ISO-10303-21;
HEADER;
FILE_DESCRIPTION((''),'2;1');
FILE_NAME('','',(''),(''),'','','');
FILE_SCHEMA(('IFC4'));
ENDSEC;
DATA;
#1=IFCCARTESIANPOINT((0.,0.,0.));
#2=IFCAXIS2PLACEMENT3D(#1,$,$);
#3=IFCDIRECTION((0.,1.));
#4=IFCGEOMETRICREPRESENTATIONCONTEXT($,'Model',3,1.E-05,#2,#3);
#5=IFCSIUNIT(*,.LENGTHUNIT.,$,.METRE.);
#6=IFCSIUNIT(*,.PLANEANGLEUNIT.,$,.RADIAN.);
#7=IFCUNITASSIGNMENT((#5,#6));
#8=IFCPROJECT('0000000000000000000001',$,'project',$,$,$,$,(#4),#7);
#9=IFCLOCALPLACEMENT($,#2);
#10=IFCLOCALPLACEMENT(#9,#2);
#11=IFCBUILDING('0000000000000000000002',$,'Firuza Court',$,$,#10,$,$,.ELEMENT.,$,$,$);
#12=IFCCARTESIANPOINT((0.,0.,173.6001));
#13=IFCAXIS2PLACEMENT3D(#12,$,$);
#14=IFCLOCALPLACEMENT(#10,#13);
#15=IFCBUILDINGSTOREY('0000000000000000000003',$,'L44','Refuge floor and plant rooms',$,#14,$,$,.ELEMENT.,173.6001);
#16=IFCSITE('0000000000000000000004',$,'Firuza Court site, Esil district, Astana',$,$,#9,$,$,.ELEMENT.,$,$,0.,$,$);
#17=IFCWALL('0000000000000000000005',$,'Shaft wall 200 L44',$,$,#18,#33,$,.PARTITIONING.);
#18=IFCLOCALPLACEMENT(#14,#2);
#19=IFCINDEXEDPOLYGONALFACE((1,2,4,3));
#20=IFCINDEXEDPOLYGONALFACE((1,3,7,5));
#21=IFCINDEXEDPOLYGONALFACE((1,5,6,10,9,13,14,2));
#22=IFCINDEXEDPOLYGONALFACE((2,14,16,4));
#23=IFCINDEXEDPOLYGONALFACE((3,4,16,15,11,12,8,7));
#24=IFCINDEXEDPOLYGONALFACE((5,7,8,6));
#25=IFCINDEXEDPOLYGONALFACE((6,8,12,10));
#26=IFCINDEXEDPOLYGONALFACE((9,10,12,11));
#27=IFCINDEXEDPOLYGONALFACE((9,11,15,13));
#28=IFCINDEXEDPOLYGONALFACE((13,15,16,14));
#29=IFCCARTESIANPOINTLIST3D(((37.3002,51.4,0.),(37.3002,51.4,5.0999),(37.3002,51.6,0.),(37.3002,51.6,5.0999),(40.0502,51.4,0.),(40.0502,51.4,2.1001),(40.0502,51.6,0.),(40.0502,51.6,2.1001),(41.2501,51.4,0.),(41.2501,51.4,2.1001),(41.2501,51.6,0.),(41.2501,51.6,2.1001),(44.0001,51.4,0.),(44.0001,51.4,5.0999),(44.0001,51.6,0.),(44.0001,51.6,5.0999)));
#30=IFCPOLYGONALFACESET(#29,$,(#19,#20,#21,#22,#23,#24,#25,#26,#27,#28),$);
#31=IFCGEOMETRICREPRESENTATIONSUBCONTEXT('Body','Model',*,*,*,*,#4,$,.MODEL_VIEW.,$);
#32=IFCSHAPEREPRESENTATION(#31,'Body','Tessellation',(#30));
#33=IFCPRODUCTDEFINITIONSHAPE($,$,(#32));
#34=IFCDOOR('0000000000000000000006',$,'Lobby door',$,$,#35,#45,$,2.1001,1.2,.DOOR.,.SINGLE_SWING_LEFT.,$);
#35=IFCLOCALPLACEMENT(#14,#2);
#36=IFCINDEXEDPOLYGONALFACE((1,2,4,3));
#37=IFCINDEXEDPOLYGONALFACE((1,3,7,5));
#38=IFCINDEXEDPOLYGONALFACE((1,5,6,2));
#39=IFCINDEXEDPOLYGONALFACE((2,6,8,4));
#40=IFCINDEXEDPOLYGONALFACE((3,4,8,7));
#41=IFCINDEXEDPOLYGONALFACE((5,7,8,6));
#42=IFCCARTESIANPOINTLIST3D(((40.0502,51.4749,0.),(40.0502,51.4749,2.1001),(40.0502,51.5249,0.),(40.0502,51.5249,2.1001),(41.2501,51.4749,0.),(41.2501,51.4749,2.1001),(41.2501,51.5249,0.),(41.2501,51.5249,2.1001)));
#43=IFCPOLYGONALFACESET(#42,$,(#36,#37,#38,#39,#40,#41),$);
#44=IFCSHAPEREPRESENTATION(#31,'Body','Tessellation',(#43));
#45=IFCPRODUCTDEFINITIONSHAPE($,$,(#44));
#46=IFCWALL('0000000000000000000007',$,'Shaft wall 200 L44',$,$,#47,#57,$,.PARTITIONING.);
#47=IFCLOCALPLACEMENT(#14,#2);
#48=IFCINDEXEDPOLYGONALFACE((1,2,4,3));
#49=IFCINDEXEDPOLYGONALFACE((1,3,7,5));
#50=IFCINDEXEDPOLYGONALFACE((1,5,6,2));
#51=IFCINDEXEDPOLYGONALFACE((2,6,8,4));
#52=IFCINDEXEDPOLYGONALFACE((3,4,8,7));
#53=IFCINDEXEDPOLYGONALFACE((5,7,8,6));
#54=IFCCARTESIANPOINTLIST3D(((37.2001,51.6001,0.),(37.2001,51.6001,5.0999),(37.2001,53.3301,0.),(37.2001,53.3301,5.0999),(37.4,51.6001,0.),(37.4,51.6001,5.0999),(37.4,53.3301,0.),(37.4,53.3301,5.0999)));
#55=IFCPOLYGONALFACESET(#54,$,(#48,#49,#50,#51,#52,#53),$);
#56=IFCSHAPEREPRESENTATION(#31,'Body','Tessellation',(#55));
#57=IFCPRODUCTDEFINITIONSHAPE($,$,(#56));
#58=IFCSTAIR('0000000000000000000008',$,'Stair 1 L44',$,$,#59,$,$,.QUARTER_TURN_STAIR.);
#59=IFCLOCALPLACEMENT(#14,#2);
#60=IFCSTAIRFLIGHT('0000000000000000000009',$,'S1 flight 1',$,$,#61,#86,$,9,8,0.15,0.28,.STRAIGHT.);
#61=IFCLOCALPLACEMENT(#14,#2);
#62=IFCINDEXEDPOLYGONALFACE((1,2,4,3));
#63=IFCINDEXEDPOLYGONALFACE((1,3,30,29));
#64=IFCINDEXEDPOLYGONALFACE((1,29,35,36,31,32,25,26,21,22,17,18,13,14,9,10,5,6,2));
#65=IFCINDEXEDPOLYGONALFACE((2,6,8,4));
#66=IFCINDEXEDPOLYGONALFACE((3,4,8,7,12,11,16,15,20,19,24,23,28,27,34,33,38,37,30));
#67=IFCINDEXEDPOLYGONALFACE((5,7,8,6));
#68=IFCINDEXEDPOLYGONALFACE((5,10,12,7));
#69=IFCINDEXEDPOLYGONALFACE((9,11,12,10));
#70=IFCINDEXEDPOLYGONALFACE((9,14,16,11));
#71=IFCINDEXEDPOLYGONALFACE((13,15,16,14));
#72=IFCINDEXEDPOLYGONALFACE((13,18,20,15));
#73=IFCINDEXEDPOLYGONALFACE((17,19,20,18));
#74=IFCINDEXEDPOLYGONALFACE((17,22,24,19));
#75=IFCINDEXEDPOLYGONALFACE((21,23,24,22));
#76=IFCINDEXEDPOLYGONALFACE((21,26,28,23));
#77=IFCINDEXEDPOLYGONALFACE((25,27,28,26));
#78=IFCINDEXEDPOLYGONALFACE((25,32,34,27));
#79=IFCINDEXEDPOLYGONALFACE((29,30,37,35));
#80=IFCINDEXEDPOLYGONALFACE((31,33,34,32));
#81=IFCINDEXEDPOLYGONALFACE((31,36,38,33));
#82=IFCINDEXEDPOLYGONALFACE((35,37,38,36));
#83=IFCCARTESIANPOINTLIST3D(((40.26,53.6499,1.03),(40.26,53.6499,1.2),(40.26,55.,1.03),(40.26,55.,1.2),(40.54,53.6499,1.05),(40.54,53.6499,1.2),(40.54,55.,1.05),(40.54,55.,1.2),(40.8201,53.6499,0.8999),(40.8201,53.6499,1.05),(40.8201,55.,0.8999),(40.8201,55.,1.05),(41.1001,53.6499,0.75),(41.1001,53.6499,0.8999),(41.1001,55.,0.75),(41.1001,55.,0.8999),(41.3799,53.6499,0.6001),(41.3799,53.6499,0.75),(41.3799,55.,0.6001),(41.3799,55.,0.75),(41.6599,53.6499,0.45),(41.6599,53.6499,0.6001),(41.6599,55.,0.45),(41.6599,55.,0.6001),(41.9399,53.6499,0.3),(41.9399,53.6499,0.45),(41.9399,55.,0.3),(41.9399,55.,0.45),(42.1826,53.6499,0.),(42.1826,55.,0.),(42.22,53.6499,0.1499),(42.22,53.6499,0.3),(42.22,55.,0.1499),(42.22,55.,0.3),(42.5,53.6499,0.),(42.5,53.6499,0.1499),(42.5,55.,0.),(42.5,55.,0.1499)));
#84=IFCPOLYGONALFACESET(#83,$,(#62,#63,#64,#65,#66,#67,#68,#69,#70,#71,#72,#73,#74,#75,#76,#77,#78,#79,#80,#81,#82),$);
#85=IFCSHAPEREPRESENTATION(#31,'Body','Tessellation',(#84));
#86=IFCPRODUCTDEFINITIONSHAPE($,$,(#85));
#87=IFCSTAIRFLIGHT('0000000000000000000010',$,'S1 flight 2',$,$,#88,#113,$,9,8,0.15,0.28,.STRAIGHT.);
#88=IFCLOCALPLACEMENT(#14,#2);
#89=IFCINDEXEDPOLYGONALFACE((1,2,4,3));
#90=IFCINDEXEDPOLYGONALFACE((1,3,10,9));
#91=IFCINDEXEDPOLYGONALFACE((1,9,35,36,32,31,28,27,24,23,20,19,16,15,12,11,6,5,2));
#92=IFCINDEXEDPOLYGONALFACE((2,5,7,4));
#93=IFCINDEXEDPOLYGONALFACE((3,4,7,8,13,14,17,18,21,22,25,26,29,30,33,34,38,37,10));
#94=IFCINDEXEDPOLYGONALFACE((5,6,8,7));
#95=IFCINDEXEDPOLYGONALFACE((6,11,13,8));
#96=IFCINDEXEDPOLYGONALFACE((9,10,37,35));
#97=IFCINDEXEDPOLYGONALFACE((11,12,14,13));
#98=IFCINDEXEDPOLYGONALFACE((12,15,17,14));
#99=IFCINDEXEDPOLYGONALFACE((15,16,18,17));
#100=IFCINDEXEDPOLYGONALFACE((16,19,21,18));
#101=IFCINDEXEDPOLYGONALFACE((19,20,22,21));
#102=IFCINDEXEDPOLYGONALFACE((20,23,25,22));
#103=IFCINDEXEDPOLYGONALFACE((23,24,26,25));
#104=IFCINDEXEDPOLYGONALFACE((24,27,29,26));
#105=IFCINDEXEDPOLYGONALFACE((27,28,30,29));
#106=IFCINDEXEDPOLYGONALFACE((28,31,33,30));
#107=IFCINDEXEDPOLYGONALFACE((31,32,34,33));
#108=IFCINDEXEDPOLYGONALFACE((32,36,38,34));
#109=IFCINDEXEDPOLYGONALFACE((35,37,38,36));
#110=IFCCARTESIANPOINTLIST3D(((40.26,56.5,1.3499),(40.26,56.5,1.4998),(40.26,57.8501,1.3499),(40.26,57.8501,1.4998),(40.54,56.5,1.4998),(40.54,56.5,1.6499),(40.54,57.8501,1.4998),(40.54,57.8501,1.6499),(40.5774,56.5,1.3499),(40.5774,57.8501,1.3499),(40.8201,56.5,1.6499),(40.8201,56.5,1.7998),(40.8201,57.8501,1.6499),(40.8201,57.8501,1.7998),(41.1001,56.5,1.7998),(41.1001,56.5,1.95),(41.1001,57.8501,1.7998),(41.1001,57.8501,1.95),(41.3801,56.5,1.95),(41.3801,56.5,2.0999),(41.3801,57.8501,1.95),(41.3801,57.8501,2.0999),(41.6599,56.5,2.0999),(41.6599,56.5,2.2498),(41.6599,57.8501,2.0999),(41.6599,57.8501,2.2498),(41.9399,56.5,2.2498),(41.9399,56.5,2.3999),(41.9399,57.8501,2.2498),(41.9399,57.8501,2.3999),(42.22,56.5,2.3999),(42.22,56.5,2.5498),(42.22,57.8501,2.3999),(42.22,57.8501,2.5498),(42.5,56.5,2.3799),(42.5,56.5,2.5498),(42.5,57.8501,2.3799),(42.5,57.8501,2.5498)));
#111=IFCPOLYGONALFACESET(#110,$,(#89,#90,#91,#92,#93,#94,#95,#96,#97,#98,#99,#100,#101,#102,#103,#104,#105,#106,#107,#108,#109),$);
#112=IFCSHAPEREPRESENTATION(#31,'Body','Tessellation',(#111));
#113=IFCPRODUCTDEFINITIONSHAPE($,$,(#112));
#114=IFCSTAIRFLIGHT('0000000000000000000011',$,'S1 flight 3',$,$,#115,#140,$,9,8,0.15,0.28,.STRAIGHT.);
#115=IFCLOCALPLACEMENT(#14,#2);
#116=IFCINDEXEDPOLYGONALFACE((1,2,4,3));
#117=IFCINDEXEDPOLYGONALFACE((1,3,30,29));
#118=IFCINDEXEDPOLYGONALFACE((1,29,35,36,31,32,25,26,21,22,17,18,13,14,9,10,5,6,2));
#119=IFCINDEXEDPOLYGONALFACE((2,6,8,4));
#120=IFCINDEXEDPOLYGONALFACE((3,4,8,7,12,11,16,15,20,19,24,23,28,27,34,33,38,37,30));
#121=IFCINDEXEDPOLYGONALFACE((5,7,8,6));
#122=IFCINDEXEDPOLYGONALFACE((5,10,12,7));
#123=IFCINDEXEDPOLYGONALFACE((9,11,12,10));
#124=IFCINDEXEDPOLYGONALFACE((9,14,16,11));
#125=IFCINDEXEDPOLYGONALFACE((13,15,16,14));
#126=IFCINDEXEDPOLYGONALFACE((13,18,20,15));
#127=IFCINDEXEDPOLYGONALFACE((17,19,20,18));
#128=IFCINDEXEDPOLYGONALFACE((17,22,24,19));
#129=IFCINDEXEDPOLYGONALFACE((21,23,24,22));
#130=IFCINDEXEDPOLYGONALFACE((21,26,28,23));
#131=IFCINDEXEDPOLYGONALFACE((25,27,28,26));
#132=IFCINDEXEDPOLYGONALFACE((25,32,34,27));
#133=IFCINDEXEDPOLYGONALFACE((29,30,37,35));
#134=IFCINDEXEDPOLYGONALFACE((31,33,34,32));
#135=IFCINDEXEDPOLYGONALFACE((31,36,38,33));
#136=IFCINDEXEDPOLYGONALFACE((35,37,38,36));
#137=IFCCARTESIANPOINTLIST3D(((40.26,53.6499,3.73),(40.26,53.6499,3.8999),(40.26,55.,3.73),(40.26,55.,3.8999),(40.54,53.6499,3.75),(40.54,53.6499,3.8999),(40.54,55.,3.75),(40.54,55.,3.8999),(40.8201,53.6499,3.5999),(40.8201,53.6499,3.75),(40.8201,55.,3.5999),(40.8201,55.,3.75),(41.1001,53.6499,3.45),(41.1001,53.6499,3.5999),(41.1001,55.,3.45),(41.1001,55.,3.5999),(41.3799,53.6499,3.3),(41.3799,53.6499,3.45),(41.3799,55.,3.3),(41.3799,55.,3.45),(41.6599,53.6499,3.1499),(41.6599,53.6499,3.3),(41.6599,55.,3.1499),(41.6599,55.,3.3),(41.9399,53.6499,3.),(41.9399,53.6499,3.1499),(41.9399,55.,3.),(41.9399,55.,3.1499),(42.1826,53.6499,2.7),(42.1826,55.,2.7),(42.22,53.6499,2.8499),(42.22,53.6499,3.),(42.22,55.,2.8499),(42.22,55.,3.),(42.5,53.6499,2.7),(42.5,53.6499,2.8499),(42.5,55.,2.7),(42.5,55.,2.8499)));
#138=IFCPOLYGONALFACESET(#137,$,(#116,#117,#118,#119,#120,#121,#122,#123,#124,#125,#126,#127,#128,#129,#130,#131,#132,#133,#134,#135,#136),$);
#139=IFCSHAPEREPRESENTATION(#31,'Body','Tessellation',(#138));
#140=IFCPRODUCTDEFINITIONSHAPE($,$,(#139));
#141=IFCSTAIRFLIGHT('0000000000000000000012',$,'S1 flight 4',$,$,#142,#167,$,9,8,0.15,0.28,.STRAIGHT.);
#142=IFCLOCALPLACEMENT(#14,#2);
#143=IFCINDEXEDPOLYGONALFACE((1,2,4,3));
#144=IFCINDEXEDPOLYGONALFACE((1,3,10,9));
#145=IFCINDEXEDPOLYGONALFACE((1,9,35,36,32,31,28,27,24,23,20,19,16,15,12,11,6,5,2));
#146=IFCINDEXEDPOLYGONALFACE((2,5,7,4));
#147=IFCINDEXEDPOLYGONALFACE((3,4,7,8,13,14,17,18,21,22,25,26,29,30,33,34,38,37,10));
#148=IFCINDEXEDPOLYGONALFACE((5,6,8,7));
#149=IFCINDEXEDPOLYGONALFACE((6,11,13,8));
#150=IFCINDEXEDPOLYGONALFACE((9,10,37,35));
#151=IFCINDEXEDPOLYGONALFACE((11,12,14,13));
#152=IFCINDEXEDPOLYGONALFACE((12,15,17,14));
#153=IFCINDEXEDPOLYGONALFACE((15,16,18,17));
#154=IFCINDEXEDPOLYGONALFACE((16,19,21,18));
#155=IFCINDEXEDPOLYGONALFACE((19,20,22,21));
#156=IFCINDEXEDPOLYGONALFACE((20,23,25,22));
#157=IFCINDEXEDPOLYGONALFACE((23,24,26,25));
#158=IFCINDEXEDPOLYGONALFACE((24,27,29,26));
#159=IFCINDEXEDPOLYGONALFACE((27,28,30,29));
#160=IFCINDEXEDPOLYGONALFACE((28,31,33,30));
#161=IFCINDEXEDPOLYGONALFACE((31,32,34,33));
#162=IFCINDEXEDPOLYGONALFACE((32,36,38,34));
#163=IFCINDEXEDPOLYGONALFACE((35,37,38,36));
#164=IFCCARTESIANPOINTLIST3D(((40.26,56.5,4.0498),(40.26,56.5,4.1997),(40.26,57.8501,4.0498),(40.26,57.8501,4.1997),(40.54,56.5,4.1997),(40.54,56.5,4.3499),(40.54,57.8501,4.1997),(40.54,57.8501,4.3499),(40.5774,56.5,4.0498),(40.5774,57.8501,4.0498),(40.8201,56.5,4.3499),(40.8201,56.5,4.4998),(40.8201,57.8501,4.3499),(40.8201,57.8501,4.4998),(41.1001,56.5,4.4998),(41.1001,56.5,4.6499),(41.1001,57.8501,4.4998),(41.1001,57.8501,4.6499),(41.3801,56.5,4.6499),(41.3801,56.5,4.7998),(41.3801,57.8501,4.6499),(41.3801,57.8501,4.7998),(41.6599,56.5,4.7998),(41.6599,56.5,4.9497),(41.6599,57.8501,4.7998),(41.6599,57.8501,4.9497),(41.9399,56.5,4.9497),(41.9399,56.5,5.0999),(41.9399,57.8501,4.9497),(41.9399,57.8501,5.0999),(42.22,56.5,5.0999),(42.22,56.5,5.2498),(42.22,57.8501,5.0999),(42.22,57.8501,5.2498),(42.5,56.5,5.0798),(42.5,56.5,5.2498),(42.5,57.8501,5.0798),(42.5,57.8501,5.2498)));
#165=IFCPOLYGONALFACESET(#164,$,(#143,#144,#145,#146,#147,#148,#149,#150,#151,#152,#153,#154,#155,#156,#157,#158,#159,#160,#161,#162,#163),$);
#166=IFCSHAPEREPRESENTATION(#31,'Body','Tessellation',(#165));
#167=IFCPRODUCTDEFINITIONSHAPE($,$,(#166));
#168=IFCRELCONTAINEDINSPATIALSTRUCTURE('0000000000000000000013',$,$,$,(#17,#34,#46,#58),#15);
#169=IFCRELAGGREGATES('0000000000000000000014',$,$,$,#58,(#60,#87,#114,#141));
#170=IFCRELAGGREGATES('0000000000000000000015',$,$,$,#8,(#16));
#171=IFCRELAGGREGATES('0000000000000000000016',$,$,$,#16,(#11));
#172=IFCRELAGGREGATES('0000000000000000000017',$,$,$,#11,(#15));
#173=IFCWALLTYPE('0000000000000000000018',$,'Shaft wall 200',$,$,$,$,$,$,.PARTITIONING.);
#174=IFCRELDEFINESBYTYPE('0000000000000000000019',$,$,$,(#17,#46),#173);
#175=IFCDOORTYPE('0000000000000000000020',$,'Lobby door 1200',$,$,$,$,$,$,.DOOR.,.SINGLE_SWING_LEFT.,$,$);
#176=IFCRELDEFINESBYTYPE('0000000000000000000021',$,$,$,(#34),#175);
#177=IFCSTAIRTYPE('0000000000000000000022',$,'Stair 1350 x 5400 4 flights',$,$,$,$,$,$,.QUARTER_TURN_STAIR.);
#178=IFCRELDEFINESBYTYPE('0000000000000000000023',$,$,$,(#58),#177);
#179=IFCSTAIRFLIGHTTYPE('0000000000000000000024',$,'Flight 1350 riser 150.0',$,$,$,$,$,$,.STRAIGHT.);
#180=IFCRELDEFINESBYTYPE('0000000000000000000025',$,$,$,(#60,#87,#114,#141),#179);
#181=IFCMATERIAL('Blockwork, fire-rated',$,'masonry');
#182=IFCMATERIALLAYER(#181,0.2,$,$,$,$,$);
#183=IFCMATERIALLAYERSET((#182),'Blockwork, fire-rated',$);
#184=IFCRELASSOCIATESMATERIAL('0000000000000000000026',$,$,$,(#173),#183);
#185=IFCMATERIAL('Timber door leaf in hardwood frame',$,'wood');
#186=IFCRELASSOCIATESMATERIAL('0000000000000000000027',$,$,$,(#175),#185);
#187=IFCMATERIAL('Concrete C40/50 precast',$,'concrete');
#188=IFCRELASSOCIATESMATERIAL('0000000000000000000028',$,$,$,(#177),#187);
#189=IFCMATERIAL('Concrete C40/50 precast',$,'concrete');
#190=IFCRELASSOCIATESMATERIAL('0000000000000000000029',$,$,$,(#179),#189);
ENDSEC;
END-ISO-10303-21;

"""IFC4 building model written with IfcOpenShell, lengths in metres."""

from ifc_helpers import new_model, si_unit, direction, frame, frame_2d, origin, place, context, subcontext, project, spatial, polyline, rectangle, outline, extrude, material, layer, layer_set, type_object, element, fill, aggregate, save


model = new_model("IFC4")

# Units and contexts
model_context = context("Model", 3, precision=1e-05, world=origin(), true_north=direction((0.0, 1.0)))
body_context = subcontext(model_context, "Body", "Model", "MODEL_VIEW")
ifc_project = project(units=[si_unit("LENGTHUNIT", "METRE"), si_unit("PLANEANGLEUNIT", "RADIAN")], contexts=[model_context])

# Site, building, storey
site_placement = place(None, origin())
site = spatial("IfcSite", under=ifc_project, at=site_placement, Name="Firuza Court site, Esil district, Astana", CompositionType="ELEMENT", RefElevation=0.0)
building_placement = place(site_placement, origin())
building = spatial("IfcBuilding", under=site, at=building_placement, Name="Firuza Court", CompositionType="ELEMENT")
storey_placement = place(building_placement, frame((0.0, 0.0, 173.6001)))
storey = spatial("IfcBuildingStorey", under=building, at=storey_placement, Name="L44", Description="Refuge floor and plant rooms", CompositionType="ELEMENT", Elevation=173.6001)

# Shared definitions
ifc_material_1 = material(Name="Blockwork, fire-rated", Category="masonry")

# Wall, opening, door
ifc_layer_1 = layer(ifc_material_1, 0.2)
ifc_layer_set_1 = layer_set([ifc_layer_1], Name="Blockwork, fire-rated")
wall_type_1 = type_object("IfcWallType", Name="Shaft wall 200", PredefinedType="PARTITIONING", material=ifc_layer_set_1)
wall_1_placement = place(storey_placement, frame((37.3, 51.5, 0.0), z_axis=(0.0, 0.0, 1.0), x_axis=(1.0, 0.0, 0.0)))
wall_1 = element("IfcWall", 1, at=wall_1_placement, inside=storey, type_object=wall_type_1, Name="Shaft wall 200 L44", PredefinedType="PARTITIONING", context=body_context, shape_type="SweptSolid", body=[
    extrude(rectangle(XDim=6.7, YDim=0.2, at=frame_2d((3.3501, 0.0))), origin(), (0.0, 0.0, 1.0), 5.0999),
])
opening_1_placement = place(wall_1_placement, frame((2.75, 0.0, 0.0)))
opening_1 = element("IfcOpeningElement", 2, at=opening_1_placement, cuts=wall_1, PredefinedType="OPENING", context=body_context, shape_type="SweptSolid", body=[
    extrude(rectangle(XDim=1.2, YDim=2.1001, at=frame_2d((0.6001, 1.05))), frame((0.0, 0.1118, 0.0), z_axis=(0.0, -1.0, 0.0), x_axis=(1.0, 0.0, 0.0)), (0.0, 0.0, 1.0), 0.2239),
])
ifc_material_2 = material(Name="Timber door leaf in hardwood frame", Category="wood")
door_type_1 = type_object("IfcDoorType", Name="Lobby door 1200", OperationType="SINGLE_SWING_LEFT", PredefinedType="DOOR", material=ifc_material_2)
door_1_placement = place(opening_1_placement, origin())
door_1 = element("IfcDoor", 3, at=door_1_placement, inside=storey, type_object=door_type_1, Name="Lobby door", OperationType="SINGLE_SWING_LEFT", OverallHeight=2.1001, OverallWidth=1.2, PredefinedType="DOOR", context=body_context, shape_type="SweptSolid", body=[
    extrude(rectangle(XDim=1.2, YDim=2.1001, at=frame_2d((0.6001, 1.05))), frame((0.0, 0.0249, 0.0), z_axis=(0.0, -1.0, 0.0), x_axis=(1.0, 0.0, 0.0)), (0.0, 0.0, 1.0), 0.05),
])
fill(opening_1, door_1)

# Wall
wall_2_placement = place(storey_placement, frame((37.3, 51.6001, 0.0), z_axis=(0.0, 0.0, 1.0), x_axis=(0.0, 1.0, 0.0)))
element("IfcWall", 4, at=wall_2_placement, inside=storey, type_object=wall_type_1, Name="Shaft wall 200 L44", PredefinedType="PARTITIONING", context=body_context, shape_type="SweptSolid", body=[
    extrude(rectangle(XDim=1.73, YDim=0.2, at=frame_2d((0.865, 0.0))), origin(), (0.0, 0.0, 1.0), 5.0999),
])

# Stair, stair flights
ifc_material_3 = material(Name="Concrete C40/50 precast", Category="concrete")
stair_type = type_object("IfcStairType", Name="Stair 1350 x 5400 4 flights", PredefinedType="QUARTER_TURN_STAIR", material=ifc_material_3)
stair_placement = place(storey_placement, origin())
stair = element("IfcStair", 5, at=stair_placement, inside=storey, type_object=stair_type, Name="Stair 1 L44", PredefinedType="QUARTER_TURN_STAIR")
ifc_material_4 = material(Name="Concrete C40/50 precast", Category="concrete")
stair_flight_type = type_object("IfcStairFlightType", Name="Flight 1350 riser 150.0", PredefinedType="STRAIGHT", material=ifc_material_4)
stair_flight_1_placement = place(storey_placement, frame((42.5, 54.325, 0.0), z_axis=(0.0, 0.0, 1.0), x_axis=(-1.0, 0.0, 0.0)))
stair_flight_1 = element("IfcStairFlight", 6, at=stair_flight_1_placement, type_object=stair_flight_type, Name="S1 flight 1", NumberOfRisers=9, NumberOfTreads=8, PredefinedType="STRAIGHT", RiserHeight=0.15, TreadLength=0.28, context=body_context, shape_type="SweptSolid", body=[
    extrude(outline(polyline([(0.0, 0.0), (0.0, 0.1499), (0.28, 0.1499), (0.28, 0.3), (0.5601, 0.3), (0.5601, 0.45), (0.8401, 0.45), (0.8401, 0.6001), (1.1201, 0.6001), (1.1201, 0.75), (1.3999, 0.75), (1.3999, 0.8999), (1.6799, 0.8999), (1.6799, 1.05), (1.96, 1.05), (1.96, 1.2), (2.24, 1.2), (2.24, 1.3501), (2.24, 1.03), (0.3174, 0.0), (0.0, 0.0)])), frame((0.0, 0.675, 0.0), z_axis=(0.0, -1.0, 0.0), x_axis=(1.0, 0.0, 0.0)), (0.0, 0.0, 1.0), 1.3501),
])
stair_flight_2_placement = place(storey_placement, frame((40.26, 57.175, 1.3499), z_axis=(0.0, 0.0, 1.0), x_axis=(1.0, 0.0, 0.0)))
stair_flight_2 = element("IfcStairFlight", 7, at=stair_flight_2_placement, type_object=stair_flight_type, Name="S1 flight 2", NumberOfRisers=9, NumberOfTreads=8, PredefinedType="STRAIGHT", RiserHeight=0.15, TreadLength=0.28, context=body_context, shape_type="SweptSolid", body=[
    extrude(outline(polyline([(0.0, 0.0), (0.0, 0.1499), (0.28, 0.1499), (0.28, 0.3), (0.5601, 0.3), (0.5601, 0.45), (0.8401, 0.45), (0.8401, 0.6001), (1.1201, 0.6001), (1.1201, 0.75), (1.3999, 0.75), (1.3999, 0.8999), (1.6799, 0.8999), (1.6799, 1.05), (1.96, 1.05), (1.96, 1.2), (2.24, 1.2), (2.24, 1.3501), (2.24, 1.03), (0.3174, 0.0), (0.0, 0.0)])), frame((0.0, 0.675, 0.0), z_axis=(0.0, -1.0, 0.0), x_axis=(1.0, 0.0, 0.0)), (0.0, 0.0, 1.0), 1.3501),
])
stair_flight_3_placement = place(storey_placement, frame((42.5, 54.325, 2.7), z_axis=(0.0, 0.0, 1.0), x_axis=(-1.0, 0.0, 0.0)))
stair_flight_3 = element("IfcStairFlight", 8, at=stair_flight_3_placement, type_object=stair_flight_type, Name="S1 flight 3", NumberOfRisers=9, NumberOfTreads=8, PredefinedType="STRAIGHT", RiserHeight=0.15, TreadLength=0.28, context=body_context, shape_type="SweptSolid", body=[
    extrude(outline(polyline([(0.0, 0.0), (0.0, 0.1499), (0.28, 0.1499), (0.28, 0.3), (0.5601, 0.3), (0.5601, 0.45), (0.8401, 0.45), (0.8401, 0.6001), (1.1201, 0.6001), (1.1201, 0.75), (1.3999, 0.75), (1.3999, 0.8999), (1.6799, 0.8999), (1.6799, 1.05), (1.96, 1.05), (1.96, 1.2), (2.24, 1.2), (2.24, 1.3501), (2.24, 1.03), (0.3174, 0.0), (0.0, 0.0)])), frame((0.0, 0.675, 0.0), z_axis=(0.0, -1.0, 0.0), x_axis=(1.0, 0.0, 0.0)), (0.0, 0.0, 1.0), 1.3501),
])
stair_flight_4_placement = place(storey_placement, frame((40.26, 57.175, 4.0498), z_axis=(0.0, 0.0, 1.0), x_axis=(1.0, 0.0, 0.0)))
stair_flight_4 = element("IfcStairFlight", 9, at=stair_flight_4_placement, type_object=stair_flight_type, Name="S1 flight 4", NumberOfRisers=9, NumberOfTreads=8, PredefinedType="STRAIGHT", RiserHeight=0.15, TreadLength=0.28, context=body_context, shape_type="SweptSolid", body=[
    extrude(outline(polyline([(0.0, 0.0), (0.0, 0.1499), (0.28, 0.1499), (0.28, 0.3), (0.5601, 0.3), (0.5601, 0.45), (0.8401, 0.45), (0.8401, 0.6001), (1.1201, 0.6001), (1.1201, 0.75), (1.3999, 0.75), (1.3999, 0.8999), (1.6799, 0.8999), (1.6799, 1.05), (1.96, 1.05), (1.96, 1.2), (2.24, 1.2), (2.24, 1.3501), (2.24, 1.03), (0.3174, 0.0), (0.0, 0.0)])), frame((0.0, 0.675, 0.0), z_axis=(0.0, -1.0, 0.0), x_axis=(1.0, 0.0, 0.0)), (0.0, 0.0, 1.0), 1.3501),
])
aggregate(stair, [stair_flight_1, stair_flight_2, stair_flight_3, stair_flight_4])

save(model, "model.ifc")
